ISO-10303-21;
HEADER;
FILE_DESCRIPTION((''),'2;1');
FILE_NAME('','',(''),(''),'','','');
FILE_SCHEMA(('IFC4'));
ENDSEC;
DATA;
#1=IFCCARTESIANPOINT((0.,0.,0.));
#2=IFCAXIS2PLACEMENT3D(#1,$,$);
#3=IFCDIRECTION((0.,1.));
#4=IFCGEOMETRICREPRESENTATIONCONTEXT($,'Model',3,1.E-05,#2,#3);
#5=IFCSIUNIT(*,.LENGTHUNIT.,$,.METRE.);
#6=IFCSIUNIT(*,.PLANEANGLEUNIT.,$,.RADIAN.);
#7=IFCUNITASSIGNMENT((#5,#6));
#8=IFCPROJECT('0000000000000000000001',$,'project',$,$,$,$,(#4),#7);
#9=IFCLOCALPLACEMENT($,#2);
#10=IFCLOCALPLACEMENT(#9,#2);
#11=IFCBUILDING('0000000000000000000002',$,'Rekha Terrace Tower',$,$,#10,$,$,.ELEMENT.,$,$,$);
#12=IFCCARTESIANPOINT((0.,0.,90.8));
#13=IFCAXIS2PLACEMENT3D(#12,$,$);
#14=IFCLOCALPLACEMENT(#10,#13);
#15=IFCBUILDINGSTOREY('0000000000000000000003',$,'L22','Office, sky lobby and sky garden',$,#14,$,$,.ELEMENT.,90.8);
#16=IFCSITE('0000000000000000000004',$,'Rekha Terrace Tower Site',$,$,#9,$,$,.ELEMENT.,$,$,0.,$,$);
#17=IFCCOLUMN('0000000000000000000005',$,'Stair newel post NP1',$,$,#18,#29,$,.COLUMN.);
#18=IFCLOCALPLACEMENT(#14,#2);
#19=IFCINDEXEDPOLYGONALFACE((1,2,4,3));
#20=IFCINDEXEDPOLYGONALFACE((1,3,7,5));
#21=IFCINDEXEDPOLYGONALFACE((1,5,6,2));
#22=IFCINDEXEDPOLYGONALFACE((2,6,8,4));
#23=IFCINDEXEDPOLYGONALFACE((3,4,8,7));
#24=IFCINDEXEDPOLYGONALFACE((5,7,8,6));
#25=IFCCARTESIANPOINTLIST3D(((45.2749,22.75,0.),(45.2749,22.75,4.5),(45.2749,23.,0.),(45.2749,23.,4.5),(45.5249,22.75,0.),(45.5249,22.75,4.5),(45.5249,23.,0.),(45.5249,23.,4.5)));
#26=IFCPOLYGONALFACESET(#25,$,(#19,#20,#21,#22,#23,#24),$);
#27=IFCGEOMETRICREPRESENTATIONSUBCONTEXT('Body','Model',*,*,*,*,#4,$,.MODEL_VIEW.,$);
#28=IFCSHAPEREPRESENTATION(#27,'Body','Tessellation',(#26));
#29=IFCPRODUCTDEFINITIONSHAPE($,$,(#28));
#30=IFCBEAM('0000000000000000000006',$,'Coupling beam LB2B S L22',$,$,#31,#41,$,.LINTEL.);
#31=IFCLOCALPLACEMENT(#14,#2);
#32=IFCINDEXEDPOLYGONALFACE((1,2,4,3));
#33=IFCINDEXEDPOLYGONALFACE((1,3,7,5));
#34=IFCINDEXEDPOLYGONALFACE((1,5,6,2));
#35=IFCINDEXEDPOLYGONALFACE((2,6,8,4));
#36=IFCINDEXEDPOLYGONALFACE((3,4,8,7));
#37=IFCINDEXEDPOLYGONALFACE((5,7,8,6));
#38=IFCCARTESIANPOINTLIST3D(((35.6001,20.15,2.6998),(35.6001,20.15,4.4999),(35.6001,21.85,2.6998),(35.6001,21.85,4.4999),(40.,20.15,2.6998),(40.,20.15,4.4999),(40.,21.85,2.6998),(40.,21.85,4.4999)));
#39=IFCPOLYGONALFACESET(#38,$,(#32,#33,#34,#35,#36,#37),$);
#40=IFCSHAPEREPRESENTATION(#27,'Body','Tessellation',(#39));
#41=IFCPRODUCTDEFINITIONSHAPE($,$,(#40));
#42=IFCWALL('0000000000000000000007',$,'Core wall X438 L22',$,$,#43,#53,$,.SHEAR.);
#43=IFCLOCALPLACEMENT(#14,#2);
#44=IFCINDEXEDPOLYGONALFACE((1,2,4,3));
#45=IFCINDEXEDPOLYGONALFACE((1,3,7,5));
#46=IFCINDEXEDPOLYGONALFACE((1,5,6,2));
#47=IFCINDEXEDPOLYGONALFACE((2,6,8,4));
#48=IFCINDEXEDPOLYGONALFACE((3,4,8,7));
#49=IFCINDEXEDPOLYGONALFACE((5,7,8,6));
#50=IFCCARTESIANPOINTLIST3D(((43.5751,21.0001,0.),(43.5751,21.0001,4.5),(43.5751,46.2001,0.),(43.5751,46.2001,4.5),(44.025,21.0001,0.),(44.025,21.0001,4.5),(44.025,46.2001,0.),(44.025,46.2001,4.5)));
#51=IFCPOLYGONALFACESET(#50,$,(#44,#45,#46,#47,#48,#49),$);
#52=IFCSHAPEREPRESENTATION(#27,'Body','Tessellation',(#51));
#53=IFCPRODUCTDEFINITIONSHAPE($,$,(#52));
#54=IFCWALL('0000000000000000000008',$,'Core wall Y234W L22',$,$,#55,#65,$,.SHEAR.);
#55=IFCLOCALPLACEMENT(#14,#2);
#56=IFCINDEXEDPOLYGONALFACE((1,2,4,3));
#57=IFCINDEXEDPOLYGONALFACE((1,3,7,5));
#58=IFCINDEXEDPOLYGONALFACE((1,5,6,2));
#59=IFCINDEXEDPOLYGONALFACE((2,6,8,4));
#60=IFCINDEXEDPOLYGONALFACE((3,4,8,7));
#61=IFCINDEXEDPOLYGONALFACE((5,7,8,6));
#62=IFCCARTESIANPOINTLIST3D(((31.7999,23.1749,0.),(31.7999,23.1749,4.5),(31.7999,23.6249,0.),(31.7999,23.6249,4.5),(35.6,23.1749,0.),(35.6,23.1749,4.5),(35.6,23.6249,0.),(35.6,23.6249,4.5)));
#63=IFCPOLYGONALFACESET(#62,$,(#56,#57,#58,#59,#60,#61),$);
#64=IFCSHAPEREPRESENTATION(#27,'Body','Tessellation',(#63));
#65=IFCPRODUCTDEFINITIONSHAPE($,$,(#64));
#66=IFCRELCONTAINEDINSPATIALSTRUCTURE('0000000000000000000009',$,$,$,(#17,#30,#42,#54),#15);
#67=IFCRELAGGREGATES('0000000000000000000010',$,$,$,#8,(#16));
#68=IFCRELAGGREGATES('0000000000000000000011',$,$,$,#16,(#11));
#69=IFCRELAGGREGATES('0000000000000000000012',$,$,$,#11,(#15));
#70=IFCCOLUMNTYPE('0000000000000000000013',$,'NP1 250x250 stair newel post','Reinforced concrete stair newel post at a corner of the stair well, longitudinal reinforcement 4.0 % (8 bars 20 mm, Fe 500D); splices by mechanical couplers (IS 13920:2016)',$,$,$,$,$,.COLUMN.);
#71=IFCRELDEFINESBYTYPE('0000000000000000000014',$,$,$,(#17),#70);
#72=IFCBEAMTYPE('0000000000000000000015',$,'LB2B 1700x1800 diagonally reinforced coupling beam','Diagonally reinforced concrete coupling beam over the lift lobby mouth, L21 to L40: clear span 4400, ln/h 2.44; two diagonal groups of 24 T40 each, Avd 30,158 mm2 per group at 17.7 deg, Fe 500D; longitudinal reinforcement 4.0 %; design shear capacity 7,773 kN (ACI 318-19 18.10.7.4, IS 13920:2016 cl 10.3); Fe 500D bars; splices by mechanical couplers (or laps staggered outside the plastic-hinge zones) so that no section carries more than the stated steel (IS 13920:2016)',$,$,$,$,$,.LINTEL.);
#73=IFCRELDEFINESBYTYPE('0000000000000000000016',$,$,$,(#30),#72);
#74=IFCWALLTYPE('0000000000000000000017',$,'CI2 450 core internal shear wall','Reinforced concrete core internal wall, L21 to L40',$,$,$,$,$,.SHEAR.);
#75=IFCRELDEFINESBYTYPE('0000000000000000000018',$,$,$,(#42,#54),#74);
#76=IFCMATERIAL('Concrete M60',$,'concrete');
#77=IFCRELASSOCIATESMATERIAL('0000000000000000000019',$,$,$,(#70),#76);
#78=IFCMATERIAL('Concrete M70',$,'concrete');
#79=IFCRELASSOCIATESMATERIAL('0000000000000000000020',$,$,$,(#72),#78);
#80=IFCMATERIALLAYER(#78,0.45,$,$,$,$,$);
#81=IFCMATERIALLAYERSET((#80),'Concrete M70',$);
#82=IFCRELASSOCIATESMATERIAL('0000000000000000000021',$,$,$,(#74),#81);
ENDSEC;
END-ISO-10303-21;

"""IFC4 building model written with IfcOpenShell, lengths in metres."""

from ifc_helpers import new_model, si_unit, direction, frame, frame_2d, origin, origin_2d, place, context, subcontext, project, spatial, rectangle, extrude, material, layer, layer_set, material_profile, profile_set, type_object, element, save


model = new_model("IFC4")

# Units and contexts
model_context = context("Model", 3, precision=1e-05, world=origin(), true_north=direction((0.0, 1.0)))
body_context = subcontext(model_context, "Body", "Model", "MODEL_VIEW")
ifc_project = project(units=[si_unit("LENGTHUNIT", "METRE"), si_unit("PLANEANGLEUNIT", "RADIAN")], contexts=[model_context])

# Site, building, storey
site_placement = place(None, origin())
site = spatial("IfcSite", under=ifc_project, at=site_placement, Name="Rekha Terrace Tower Site", CompositionType="ELEMENT", RefElevation=0.0)
building_placement = place(site_placement, origin())
building = spatial("IfcBuilding", under=site, at=building_placement, Name="Rekha Terrace Tower", CompositionType="ELEMENT")
storey_placement = place(building_placement, frame((0.0, 0.0, 90.8)))
storey = spatial("IfcBuildingStorey", under=building, at=storey_placement, Name="L22", Description="Office, sky lobby and sky garden", CompositionType="ELEMENT", Elevation=90.8)

# Column
ifc_material_1 = material(Name="Concrete M60", Category="concrete")
ifc_material_profile_1 = material_profile(ifc_material_1, rectangle(XDim=0.25, YDim=0.25, at=origin_2d()), Name="RC 250x250")
ifc_profile_set_1 = profile_set([ifc_material_profile_1], Name="Concrete M60")
column_type = type_object("IfcColumnType", Name="NP1 250x250 stair newel post", Description="Reinforced concrete stair newel post at a corner of the stair well, longitudinal reinforcement 4.0 % (8 bars 20 mm, Fe 500D); splices by mechanical couplers (IS 13920:2016)", PredefinedType="COLUMN", material=ifc_profile_set_1)
column_placement = place(storey_placement, frame((45.3999, 22.875, 0.0), z_axis=(0.0, 0.0, 1.0), x_axis=(1.0, 0.0, 0.0)))
element("IfcColumn", 1, at=column_placement, inside=storey, type_object=column_type, Name="Stair newel post NP1", PredefinedType="COLUMN", context=body_context, shape_type="SweptSolid", body=[
    extrude(rectangle(XDim=0.25, YDim=0.25, at=origin_2d()), origin(), (0.0, 0.0, 1.0), 4.5),
])

# Beam
ifc_material_2 = material(Name="Concrete M70", Category="concrete")
ifc_material_profile_2 = material_profile(ifc_material_2, rectangle(XDim=1.7, YDim=1.8, at=origin_2d()), Name="RC 1700x1800")
ifc_profile_set_2 = profile_set([ifc_material_profile_2], Name="Concrete M70")
beam_type = type_object("IfcBeamType", Name="LB2B 1700x1800 diagonally reinforced coupling beam", Description="Diagonally reinforced concrete coupling beam over the lift lobby mouth, L21 to L40: clear span 4400, ln/h 2.44; two diagonal groups of 24 T40 each, Avd 30,158 mm2 per group at 17.7 deg, Fe 500D; longitudinal reinforcement 4.0 %; design shear capacity 7,773 kN (ACI 318-19 18.10.7.4, IS 13920:2016 cl 10.3); Fe 500D bars; splices by mechanical couplers (or laps staggered outside the plastic-hinge zones) so that no section carries more than the stated steel (IS 13920:2016)", PredefinedType="LINTEL", material=ifc_profile_set_2)
beam_placement = place(storey_placement, frame((35.6001, 21.0, 3.5999), z_axis=(1.0, 0.0, 0.0), x_axis=(0.0, 1.0, 0.0)))
element("IfcBeam", 2, at=beam_placement, inside=storey, type_object=beam_type, Name="Coupling beam LB2B S L22", PredefinedType="LINTEL", context=body_context, shape_type="SweptSolid", body=[
    extrude(rectangle(XDim=1.7, YDim=1.8, at=origin_2d()), origin(), (0.0, 0.0, 1.0), 4.3999),
])

# Walls
ifc_layer_1 = layer(ifc_material_2, 0.45)
ifc_layer_set_1 = layer_set([ifc_layer_1], Name="Concrete M70")
wall_type_1 = type_object("IfcWallType", Name="CI2 450 core internal shear wall", Description="Reinforced concrete core internal wall, L21 to L40", PredefinedType="SHEAR", material=ifc_layer_set_1)
wall_1_placement = place(storey_placement, frame((43.8, 21.0, 0.0), z_axis=(0.0, 0.0, 1.0), x_axis=(0.0, 1.0, 0.0)))
element("IfcWall", 3, at=wall_1_placement, inside=storey, type_object=wall_type_1, Name="Core wall X438 L22", PredefinedType="SHEAR", context=body_context, shape_type="SweptSolid", body=[
    extrude(rectangle(XDim=25.2, YDim=0.45, at=frame_2d((12.6001, 0.0))), origin(), (0.0, 0.0, 1.0), 4.5),
])
wall_2_placement = place(storey_placement, frame((31.8, 23.3999, 0.0), z_axis=(0.0, 0.0, 1.0), x_axis=(1.0, 0.0, 0.0)))
element("IfcWall", 4, at=wall_2_placement, inside=storey, type_object=wall_type_1, Name="Core wall Y234W L22", PredefinedType="SHEAR", context=body_context, shape_type="SweptSolid", body=[
    extrude(rectangle(XDim=3.8, YDim=0.45, at=frame_2d((1.8999, 0.0))), origin(), (0.0, 0.0, 1.0), 4.5),
])

save(model, "model.ifc")
